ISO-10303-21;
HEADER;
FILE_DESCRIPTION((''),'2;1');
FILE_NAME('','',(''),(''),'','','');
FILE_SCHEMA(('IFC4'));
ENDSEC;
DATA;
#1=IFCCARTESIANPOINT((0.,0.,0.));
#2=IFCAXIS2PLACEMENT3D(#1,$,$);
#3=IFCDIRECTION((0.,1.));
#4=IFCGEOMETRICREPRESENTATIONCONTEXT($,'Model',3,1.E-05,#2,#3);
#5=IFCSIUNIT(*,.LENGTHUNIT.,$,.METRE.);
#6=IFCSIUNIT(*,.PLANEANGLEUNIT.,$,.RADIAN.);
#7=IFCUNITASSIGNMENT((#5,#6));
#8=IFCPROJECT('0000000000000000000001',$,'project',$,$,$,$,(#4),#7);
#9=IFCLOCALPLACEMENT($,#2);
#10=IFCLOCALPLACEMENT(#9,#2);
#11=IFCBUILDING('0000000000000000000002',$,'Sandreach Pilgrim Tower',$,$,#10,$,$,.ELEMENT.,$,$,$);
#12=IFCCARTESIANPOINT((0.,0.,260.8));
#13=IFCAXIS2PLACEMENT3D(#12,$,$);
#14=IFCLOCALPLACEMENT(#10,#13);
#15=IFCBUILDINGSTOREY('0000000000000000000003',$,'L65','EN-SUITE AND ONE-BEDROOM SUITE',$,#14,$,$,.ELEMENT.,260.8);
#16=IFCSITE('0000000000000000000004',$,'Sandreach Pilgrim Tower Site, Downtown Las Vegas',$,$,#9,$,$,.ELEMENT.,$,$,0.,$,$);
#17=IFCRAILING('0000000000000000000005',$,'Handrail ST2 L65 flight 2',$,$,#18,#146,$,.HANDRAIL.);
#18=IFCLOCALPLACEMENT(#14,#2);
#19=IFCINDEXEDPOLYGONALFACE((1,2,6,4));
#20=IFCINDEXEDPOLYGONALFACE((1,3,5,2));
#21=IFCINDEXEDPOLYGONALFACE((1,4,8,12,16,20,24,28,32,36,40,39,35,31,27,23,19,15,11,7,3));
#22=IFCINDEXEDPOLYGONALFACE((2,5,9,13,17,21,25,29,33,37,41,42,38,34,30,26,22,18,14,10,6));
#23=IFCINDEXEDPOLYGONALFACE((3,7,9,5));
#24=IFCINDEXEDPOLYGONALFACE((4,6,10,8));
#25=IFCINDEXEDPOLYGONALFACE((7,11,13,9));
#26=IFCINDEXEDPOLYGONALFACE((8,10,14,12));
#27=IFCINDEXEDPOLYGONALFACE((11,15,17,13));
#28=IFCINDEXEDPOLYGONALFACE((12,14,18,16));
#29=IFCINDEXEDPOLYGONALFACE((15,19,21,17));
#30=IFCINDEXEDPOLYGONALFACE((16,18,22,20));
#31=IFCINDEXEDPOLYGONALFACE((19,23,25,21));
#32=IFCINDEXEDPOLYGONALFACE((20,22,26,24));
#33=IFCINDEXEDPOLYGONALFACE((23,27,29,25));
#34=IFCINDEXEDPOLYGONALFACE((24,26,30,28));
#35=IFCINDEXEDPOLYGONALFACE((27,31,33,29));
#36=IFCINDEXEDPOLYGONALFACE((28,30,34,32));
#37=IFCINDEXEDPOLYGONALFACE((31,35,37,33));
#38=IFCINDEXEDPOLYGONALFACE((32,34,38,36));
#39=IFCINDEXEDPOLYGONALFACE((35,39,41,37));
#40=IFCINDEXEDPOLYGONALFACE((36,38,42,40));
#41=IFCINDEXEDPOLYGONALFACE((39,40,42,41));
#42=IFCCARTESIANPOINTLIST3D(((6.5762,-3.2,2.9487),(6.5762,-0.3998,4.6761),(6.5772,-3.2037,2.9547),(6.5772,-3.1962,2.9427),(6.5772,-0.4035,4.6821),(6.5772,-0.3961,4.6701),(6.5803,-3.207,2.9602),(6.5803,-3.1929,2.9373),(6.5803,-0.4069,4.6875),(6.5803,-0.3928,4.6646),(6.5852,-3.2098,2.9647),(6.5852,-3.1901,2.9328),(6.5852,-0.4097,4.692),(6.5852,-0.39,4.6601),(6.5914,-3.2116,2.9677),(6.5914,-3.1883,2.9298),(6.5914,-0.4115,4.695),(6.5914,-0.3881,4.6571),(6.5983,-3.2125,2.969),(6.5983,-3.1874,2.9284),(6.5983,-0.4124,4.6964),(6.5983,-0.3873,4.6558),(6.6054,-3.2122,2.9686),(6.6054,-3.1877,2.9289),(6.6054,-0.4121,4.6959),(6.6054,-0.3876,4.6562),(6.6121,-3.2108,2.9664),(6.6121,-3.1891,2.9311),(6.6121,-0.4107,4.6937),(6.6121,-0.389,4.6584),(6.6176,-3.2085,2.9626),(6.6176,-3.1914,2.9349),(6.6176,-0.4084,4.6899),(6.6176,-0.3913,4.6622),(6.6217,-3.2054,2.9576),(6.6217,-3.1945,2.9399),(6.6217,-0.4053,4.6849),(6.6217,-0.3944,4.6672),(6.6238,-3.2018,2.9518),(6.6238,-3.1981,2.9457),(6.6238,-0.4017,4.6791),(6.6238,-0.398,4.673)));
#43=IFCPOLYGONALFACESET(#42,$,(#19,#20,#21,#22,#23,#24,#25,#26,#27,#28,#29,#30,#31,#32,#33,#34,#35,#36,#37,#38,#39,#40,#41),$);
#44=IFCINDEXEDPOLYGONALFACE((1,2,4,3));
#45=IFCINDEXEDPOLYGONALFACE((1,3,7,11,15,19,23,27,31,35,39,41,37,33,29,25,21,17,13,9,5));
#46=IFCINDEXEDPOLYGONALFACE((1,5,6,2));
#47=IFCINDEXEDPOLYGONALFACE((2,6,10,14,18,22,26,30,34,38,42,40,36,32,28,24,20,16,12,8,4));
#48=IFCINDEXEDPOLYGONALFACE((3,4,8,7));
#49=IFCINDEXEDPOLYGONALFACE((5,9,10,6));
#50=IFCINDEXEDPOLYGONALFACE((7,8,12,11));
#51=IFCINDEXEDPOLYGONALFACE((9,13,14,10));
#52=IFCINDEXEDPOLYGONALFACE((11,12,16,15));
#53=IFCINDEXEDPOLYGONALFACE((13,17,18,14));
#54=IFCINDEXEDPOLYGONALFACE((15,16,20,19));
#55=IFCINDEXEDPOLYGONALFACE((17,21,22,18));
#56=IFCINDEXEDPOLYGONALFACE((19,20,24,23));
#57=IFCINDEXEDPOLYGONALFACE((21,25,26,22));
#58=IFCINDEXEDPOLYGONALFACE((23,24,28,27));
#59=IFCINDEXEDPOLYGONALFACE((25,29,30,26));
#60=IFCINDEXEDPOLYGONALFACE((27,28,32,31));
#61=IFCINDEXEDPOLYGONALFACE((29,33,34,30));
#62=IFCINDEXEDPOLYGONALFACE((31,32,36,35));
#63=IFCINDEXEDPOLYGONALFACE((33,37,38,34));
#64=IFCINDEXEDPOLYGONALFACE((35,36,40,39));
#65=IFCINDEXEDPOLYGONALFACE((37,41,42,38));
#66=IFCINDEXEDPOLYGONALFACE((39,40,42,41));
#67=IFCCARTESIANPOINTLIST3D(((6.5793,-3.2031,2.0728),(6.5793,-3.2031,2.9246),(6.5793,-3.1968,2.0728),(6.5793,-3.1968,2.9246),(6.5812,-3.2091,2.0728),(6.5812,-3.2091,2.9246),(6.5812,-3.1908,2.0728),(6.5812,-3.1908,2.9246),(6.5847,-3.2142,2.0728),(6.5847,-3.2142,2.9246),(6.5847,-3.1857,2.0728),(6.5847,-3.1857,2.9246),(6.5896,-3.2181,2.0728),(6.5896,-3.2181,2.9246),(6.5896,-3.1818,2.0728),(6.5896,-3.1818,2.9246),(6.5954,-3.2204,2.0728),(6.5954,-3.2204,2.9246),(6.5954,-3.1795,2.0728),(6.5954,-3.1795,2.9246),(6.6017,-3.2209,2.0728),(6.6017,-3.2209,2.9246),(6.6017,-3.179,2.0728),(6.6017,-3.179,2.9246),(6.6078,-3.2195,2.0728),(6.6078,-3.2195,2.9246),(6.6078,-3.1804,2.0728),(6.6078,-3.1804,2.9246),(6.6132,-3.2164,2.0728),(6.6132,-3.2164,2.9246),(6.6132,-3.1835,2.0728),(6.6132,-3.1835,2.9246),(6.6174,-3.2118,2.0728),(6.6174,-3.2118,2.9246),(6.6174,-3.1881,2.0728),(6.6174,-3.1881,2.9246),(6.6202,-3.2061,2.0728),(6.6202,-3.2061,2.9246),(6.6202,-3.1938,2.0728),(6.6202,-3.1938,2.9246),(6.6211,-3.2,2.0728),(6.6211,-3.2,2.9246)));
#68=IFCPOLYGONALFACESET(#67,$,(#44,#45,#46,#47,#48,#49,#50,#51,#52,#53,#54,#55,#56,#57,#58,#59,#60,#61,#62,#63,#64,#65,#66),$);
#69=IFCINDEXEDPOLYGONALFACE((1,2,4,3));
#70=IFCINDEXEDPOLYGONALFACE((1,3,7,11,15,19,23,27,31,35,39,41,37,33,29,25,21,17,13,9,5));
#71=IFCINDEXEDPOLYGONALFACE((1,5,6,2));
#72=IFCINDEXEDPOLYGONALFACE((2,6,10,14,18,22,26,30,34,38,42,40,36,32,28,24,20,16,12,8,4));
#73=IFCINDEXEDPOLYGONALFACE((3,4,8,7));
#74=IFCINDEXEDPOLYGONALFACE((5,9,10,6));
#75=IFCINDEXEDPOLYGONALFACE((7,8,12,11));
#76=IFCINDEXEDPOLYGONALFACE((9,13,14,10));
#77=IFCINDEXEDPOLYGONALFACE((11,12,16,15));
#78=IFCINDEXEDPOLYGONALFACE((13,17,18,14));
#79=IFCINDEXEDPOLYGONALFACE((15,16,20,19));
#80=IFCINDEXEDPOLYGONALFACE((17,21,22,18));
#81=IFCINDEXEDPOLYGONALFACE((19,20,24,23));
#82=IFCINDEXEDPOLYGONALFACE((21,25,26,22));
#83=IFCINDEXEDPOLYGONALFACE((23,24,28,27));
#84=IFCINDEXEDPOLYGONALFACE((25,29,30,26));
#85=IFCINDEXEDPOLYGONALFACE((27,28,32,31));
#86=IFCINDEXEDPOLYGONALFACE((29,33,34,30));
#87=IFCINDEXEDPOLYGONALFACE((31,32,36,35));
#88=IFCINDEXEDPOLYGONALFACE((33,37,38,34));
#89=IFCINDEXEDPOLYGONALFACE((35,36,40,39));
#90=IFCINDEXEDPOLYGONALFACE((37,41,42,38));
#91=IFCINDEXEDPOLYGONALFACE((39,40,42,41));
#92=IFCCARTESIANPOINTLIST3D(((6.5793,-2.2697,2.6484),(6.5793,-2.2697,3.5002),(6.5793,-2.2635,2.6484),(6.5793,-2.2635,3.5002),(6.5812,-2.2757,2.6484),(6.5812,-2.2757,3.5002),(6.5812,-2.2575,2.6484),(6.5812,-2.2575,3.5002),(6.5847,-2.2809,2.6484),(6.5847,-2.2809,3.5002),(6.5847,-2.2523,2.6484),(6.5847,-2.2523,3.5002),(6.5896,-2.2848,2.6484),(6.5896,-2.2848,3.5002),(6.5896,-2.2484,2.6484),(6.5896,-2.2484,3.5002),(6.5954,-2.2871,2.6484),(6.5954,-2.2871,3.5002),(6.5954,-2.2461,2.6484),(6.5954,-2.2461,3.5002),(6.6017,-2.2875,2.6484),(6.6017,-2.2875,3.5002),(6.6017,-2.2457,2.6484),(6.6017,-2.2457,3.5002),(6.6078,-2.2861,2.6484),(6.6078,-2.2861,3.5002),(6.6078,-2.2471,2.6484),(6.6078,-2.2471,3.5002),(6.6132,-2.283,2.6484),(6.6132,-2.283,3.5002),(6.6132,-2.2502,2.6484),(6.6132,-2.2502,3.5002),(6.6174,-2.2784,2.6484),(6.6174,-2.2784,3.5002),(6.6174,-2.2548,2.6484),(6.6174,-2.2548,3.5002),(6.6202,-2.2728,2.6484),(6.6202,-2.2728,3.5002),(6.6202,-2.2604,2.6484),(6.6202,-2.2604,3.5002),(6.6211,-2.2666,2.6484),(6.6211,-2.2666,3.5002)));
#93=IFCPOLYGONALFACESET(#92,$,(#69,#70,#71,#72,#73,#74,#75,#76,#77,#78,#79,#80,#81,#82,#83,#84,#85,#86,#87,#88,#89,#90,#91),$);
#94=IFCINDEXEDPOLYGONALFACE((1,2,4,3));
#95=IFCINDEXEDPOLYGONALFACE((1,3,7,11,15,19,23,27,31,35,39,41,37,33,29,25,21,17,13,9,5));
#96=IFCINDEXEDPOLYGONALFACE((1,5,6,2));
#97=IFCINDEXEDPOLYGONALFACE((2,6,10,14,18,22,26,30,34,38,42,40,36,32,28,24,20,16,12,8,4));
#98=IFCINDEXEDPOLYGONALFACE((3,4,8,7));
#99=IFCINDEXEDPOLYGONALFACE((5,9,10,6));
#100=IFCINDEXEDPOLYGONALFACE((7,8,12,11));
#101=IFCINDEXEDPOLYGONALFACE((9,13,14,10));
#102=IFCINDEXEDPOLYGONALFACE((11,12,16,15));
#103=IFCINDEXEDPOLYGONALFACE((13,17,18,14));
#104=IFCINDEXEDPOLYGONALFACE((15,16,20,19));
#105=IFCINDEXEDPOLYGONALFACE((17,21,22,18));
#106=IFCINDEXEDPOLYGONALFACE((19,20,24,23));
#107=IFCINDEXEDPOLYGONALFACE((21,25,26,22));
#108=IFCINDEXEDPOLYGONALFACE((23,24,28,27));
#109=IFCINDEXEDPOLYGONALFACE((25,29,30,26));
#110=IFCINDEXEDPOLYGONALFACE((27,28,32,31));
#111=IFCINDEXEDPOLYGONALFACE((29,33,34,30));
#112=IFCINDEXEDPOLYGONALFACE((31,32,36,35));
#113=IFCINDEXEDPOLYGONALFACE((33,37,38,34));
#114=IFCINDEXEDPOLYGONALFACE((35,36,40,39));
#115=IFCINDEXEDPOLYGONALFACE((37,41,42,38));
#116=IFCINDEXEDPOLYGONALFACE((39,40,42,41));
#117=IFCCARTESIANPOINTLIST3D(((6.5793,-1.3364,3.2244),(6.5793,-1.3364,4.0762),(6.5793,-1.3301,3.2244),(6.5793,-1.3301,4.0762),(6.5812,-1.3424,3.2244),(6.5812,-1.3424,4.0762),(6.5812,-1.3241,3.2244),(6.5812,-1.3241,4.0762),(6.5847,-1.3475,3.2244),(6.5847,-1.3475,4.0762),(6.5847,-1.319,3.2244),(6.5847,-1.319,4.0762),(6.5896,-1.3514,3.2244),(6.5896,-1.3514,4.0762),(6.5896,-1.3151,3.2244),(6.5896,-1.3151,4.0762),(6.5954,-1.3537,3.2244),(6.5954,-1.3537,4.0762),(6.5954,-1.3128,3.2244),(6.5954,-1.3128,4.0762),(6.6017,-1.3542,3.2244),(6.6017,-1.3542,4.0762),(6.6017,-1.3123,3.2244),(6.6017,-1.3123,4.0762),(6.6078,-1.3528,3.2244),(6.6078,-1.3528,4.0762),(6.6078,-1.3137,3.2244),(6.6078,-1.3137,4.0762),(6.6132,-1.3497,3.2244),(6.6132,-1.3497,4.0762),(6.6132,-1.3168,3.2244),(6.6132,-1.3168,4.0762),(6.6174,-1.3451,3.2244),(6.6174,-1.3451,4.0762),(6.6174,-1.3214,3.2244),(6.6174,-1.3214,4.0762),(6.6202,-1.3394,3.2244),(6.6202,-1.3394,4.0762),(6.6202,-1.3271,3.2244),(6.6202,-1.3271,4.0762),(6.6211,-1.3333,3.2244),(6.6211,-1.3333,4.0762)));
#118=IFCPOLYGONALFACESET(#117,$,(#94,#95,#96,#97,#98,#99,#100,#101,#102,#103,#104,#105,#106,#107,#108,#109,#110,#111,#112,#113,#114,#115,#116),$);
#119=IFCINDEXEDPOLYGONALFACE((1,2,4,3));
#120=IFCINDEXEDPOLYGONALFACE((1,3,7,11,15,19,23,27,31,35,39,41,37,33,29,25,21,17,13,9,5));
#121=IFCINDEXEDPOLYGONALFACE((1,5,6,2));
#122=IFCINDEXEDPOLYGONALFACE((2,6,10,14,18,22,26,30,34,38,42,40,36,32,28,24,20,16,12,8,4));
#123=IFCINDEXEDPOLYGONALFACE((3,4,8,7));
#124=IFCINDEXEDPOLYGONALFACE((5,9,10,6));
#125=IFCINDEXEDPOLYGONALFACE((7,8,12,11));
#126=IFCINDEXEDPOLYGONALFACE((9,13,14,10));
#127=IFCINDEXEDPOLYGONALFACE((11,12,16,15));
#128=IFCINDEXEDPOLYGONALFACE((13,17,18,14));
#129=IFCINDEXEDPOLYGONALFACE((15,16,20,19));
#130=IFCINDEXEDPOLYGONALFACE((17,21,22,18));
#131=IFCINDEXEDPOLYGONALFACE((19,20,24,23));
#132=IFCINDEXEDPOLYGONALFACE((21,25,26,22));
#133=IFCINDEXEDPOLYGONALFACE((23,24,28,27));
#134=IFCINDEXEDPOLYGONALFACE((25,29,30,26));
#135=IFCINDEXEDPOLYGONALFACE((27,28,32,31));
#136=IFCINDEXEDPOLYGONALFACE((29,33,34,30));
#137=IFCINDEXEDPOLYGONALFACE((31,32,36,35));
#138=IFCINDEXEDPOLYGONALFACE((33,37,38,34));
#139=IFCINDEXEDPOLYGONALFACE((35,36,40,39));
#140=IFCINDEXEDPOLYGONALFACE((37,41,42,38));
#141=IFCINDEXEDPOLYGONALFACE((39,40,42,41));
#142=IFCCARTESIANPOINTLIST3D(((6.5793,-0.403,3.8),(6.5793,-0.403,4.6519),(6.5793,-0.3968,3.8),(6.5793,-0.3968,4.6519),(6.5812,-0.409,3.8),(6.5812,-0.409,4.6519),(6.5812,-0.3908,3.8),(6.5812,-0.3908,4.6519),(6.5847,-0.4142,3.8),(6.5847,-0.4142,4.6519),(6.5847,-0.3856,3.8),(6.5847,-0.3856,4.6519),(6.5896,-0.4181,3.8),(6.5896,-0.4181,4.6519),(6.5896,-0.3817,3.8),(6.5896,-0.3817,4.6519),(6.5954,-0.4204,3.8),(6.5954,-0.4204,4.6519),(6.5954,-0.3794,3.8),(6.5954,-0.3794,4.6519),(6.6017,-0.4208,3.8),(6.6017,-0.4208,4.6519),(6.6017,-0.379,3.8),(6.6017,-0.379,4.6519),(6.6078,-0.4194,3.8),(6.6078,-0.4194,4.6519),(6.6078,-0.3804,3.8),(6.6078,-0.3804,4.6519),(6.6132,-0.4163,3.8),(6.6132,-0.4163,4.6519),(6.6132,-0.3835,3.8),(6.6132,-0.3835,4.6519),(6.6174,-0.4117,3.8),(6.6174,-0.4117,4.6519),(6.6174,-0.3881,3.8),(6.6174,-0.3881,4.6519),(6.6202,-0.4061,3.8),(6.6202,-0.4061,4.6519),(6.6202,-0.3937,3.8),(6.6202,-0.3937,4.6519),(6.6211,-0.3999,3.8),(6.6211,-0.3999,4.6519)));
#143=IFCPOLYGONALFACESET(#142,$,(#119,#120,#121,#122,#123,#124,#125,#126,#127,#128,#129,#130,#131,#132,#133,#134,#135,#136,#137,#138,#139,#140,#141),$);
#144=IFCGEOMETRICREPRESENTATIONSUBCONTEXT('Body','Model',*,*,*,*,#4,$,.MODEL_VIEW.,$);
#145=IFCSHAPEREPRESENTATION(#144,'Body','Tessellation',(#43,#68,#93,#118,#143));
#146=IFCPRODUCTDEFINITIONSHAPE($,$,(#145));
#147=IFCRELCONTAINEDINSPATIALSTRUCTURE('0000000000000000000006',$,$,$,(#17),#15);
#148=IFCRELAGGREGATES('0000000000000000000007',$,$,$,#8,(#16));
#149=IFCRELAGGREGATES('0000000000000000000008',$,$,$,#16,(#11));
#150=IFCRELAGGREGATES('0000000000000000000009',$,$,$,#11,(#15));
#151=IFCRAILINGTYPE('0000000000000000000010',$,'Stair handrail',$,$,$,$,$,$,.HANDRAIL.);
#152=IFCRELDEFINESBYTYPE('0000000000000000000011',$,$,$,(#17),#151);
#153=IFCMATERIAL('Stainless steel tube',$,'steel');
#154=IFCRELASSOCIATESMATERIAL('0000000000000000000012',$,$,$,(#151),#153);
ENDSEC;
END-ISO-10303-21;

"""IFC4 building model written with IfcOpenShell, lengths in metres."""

from ifc_helpers import new_model, si_unit, direction, frame, origin, origin_2d, place, context, subcontext, project, spatial, circle, extrude, material, type_object, element, save


model = new_model("IFC4")

# Units and contexts
model_context = context("Model", 3, precision=1e-05, world=origin(), true_north=direction((0.0, 1.0)))
body_context = subcontext(model_context, "Body", "Model", "MODEL_VIEW")
ifc_project = project(units=[si_unit("LENGTHUNIT", "METRE"), si_unit("PLANEANGLEUNIT", "RADIAN")], contexts=[model_context])

# Site, building, storey
site_placement = place(None, origin())
site = spatial("IfcSite", under=ifc_project, at=site_placement, Name="Sandreach Pilgrim Tower Site, Downtown Las Vegas", CompositionType="ELEMENT", RefElevation=0.0)
building_placement = place(site_placement, origin())
building = spatial("IfcBuilding", under=site, at=building_placement, Name="Sandreach Pilgrim Tower", CompositionType="ELEMENT")
storey_placement = place(building_placement, frame((0.0, 0.0, 260.8)))
storey = spatial("IfcBuildingStorey", under=building, at=storey_placement, Name="L65", Description="EN-SUITE AND ONE-BEDROOM SUITE", CompositionType="ELEMENT", Elevation=260.8)

# Railing
ifc_material_1 = material(Name="Stainless steel tube", Category="steel")
railing_type = type_object("IfcRailingType", Name="Stair handrail", PredefinedType="HANDRAIL", material=ifc_material_1)
for number, where, name in (
    (1, (6.6001, -3.2, 2.0728), "Handrail ST2 L65 flight 2"),
):
    element("IfcRailing", number, at=place(storey_placement, frame(where)), inside=storey, type_object=railing_type, Name=name, PredefinedType="HANDRAIL", context=body_context, shape_type="SweptSolid", body=[
        extrude(circle(Radius=0.0239, at=origin_2d()), frame((0.0, 0.0, 0.876), z_axis=(0.0, 0.85109, 0.52502), x_axis=(-1.0, 0.0, 0.0)), (0.0, 0.0, 1.0), 3.29),
        extrude(circle(Radius=0.021, at=origin_2d()), origin(), (0.0, 0.0, 1.0), 0.8518),
        extrude(circle(Radius=0.021, at=origin_2d()), frame((0.0, 0.9333, 0.5757)), (0.0, 0.0, 1.0), 0.8518),
        extrude(circle(Radius=0.021, at=origin_2d()), frame((0.0, 1.8667, 1.1516)), (0.0, 0.0, 1.0), 0.8518),
        extrude(circle(Radius=0.021, at=origin_2d()), frame((0.0, 2.8, 1.7273)), (0.0, 0.0, 1.0), 0.8518),
    ])

save(model, "model.ifc")
